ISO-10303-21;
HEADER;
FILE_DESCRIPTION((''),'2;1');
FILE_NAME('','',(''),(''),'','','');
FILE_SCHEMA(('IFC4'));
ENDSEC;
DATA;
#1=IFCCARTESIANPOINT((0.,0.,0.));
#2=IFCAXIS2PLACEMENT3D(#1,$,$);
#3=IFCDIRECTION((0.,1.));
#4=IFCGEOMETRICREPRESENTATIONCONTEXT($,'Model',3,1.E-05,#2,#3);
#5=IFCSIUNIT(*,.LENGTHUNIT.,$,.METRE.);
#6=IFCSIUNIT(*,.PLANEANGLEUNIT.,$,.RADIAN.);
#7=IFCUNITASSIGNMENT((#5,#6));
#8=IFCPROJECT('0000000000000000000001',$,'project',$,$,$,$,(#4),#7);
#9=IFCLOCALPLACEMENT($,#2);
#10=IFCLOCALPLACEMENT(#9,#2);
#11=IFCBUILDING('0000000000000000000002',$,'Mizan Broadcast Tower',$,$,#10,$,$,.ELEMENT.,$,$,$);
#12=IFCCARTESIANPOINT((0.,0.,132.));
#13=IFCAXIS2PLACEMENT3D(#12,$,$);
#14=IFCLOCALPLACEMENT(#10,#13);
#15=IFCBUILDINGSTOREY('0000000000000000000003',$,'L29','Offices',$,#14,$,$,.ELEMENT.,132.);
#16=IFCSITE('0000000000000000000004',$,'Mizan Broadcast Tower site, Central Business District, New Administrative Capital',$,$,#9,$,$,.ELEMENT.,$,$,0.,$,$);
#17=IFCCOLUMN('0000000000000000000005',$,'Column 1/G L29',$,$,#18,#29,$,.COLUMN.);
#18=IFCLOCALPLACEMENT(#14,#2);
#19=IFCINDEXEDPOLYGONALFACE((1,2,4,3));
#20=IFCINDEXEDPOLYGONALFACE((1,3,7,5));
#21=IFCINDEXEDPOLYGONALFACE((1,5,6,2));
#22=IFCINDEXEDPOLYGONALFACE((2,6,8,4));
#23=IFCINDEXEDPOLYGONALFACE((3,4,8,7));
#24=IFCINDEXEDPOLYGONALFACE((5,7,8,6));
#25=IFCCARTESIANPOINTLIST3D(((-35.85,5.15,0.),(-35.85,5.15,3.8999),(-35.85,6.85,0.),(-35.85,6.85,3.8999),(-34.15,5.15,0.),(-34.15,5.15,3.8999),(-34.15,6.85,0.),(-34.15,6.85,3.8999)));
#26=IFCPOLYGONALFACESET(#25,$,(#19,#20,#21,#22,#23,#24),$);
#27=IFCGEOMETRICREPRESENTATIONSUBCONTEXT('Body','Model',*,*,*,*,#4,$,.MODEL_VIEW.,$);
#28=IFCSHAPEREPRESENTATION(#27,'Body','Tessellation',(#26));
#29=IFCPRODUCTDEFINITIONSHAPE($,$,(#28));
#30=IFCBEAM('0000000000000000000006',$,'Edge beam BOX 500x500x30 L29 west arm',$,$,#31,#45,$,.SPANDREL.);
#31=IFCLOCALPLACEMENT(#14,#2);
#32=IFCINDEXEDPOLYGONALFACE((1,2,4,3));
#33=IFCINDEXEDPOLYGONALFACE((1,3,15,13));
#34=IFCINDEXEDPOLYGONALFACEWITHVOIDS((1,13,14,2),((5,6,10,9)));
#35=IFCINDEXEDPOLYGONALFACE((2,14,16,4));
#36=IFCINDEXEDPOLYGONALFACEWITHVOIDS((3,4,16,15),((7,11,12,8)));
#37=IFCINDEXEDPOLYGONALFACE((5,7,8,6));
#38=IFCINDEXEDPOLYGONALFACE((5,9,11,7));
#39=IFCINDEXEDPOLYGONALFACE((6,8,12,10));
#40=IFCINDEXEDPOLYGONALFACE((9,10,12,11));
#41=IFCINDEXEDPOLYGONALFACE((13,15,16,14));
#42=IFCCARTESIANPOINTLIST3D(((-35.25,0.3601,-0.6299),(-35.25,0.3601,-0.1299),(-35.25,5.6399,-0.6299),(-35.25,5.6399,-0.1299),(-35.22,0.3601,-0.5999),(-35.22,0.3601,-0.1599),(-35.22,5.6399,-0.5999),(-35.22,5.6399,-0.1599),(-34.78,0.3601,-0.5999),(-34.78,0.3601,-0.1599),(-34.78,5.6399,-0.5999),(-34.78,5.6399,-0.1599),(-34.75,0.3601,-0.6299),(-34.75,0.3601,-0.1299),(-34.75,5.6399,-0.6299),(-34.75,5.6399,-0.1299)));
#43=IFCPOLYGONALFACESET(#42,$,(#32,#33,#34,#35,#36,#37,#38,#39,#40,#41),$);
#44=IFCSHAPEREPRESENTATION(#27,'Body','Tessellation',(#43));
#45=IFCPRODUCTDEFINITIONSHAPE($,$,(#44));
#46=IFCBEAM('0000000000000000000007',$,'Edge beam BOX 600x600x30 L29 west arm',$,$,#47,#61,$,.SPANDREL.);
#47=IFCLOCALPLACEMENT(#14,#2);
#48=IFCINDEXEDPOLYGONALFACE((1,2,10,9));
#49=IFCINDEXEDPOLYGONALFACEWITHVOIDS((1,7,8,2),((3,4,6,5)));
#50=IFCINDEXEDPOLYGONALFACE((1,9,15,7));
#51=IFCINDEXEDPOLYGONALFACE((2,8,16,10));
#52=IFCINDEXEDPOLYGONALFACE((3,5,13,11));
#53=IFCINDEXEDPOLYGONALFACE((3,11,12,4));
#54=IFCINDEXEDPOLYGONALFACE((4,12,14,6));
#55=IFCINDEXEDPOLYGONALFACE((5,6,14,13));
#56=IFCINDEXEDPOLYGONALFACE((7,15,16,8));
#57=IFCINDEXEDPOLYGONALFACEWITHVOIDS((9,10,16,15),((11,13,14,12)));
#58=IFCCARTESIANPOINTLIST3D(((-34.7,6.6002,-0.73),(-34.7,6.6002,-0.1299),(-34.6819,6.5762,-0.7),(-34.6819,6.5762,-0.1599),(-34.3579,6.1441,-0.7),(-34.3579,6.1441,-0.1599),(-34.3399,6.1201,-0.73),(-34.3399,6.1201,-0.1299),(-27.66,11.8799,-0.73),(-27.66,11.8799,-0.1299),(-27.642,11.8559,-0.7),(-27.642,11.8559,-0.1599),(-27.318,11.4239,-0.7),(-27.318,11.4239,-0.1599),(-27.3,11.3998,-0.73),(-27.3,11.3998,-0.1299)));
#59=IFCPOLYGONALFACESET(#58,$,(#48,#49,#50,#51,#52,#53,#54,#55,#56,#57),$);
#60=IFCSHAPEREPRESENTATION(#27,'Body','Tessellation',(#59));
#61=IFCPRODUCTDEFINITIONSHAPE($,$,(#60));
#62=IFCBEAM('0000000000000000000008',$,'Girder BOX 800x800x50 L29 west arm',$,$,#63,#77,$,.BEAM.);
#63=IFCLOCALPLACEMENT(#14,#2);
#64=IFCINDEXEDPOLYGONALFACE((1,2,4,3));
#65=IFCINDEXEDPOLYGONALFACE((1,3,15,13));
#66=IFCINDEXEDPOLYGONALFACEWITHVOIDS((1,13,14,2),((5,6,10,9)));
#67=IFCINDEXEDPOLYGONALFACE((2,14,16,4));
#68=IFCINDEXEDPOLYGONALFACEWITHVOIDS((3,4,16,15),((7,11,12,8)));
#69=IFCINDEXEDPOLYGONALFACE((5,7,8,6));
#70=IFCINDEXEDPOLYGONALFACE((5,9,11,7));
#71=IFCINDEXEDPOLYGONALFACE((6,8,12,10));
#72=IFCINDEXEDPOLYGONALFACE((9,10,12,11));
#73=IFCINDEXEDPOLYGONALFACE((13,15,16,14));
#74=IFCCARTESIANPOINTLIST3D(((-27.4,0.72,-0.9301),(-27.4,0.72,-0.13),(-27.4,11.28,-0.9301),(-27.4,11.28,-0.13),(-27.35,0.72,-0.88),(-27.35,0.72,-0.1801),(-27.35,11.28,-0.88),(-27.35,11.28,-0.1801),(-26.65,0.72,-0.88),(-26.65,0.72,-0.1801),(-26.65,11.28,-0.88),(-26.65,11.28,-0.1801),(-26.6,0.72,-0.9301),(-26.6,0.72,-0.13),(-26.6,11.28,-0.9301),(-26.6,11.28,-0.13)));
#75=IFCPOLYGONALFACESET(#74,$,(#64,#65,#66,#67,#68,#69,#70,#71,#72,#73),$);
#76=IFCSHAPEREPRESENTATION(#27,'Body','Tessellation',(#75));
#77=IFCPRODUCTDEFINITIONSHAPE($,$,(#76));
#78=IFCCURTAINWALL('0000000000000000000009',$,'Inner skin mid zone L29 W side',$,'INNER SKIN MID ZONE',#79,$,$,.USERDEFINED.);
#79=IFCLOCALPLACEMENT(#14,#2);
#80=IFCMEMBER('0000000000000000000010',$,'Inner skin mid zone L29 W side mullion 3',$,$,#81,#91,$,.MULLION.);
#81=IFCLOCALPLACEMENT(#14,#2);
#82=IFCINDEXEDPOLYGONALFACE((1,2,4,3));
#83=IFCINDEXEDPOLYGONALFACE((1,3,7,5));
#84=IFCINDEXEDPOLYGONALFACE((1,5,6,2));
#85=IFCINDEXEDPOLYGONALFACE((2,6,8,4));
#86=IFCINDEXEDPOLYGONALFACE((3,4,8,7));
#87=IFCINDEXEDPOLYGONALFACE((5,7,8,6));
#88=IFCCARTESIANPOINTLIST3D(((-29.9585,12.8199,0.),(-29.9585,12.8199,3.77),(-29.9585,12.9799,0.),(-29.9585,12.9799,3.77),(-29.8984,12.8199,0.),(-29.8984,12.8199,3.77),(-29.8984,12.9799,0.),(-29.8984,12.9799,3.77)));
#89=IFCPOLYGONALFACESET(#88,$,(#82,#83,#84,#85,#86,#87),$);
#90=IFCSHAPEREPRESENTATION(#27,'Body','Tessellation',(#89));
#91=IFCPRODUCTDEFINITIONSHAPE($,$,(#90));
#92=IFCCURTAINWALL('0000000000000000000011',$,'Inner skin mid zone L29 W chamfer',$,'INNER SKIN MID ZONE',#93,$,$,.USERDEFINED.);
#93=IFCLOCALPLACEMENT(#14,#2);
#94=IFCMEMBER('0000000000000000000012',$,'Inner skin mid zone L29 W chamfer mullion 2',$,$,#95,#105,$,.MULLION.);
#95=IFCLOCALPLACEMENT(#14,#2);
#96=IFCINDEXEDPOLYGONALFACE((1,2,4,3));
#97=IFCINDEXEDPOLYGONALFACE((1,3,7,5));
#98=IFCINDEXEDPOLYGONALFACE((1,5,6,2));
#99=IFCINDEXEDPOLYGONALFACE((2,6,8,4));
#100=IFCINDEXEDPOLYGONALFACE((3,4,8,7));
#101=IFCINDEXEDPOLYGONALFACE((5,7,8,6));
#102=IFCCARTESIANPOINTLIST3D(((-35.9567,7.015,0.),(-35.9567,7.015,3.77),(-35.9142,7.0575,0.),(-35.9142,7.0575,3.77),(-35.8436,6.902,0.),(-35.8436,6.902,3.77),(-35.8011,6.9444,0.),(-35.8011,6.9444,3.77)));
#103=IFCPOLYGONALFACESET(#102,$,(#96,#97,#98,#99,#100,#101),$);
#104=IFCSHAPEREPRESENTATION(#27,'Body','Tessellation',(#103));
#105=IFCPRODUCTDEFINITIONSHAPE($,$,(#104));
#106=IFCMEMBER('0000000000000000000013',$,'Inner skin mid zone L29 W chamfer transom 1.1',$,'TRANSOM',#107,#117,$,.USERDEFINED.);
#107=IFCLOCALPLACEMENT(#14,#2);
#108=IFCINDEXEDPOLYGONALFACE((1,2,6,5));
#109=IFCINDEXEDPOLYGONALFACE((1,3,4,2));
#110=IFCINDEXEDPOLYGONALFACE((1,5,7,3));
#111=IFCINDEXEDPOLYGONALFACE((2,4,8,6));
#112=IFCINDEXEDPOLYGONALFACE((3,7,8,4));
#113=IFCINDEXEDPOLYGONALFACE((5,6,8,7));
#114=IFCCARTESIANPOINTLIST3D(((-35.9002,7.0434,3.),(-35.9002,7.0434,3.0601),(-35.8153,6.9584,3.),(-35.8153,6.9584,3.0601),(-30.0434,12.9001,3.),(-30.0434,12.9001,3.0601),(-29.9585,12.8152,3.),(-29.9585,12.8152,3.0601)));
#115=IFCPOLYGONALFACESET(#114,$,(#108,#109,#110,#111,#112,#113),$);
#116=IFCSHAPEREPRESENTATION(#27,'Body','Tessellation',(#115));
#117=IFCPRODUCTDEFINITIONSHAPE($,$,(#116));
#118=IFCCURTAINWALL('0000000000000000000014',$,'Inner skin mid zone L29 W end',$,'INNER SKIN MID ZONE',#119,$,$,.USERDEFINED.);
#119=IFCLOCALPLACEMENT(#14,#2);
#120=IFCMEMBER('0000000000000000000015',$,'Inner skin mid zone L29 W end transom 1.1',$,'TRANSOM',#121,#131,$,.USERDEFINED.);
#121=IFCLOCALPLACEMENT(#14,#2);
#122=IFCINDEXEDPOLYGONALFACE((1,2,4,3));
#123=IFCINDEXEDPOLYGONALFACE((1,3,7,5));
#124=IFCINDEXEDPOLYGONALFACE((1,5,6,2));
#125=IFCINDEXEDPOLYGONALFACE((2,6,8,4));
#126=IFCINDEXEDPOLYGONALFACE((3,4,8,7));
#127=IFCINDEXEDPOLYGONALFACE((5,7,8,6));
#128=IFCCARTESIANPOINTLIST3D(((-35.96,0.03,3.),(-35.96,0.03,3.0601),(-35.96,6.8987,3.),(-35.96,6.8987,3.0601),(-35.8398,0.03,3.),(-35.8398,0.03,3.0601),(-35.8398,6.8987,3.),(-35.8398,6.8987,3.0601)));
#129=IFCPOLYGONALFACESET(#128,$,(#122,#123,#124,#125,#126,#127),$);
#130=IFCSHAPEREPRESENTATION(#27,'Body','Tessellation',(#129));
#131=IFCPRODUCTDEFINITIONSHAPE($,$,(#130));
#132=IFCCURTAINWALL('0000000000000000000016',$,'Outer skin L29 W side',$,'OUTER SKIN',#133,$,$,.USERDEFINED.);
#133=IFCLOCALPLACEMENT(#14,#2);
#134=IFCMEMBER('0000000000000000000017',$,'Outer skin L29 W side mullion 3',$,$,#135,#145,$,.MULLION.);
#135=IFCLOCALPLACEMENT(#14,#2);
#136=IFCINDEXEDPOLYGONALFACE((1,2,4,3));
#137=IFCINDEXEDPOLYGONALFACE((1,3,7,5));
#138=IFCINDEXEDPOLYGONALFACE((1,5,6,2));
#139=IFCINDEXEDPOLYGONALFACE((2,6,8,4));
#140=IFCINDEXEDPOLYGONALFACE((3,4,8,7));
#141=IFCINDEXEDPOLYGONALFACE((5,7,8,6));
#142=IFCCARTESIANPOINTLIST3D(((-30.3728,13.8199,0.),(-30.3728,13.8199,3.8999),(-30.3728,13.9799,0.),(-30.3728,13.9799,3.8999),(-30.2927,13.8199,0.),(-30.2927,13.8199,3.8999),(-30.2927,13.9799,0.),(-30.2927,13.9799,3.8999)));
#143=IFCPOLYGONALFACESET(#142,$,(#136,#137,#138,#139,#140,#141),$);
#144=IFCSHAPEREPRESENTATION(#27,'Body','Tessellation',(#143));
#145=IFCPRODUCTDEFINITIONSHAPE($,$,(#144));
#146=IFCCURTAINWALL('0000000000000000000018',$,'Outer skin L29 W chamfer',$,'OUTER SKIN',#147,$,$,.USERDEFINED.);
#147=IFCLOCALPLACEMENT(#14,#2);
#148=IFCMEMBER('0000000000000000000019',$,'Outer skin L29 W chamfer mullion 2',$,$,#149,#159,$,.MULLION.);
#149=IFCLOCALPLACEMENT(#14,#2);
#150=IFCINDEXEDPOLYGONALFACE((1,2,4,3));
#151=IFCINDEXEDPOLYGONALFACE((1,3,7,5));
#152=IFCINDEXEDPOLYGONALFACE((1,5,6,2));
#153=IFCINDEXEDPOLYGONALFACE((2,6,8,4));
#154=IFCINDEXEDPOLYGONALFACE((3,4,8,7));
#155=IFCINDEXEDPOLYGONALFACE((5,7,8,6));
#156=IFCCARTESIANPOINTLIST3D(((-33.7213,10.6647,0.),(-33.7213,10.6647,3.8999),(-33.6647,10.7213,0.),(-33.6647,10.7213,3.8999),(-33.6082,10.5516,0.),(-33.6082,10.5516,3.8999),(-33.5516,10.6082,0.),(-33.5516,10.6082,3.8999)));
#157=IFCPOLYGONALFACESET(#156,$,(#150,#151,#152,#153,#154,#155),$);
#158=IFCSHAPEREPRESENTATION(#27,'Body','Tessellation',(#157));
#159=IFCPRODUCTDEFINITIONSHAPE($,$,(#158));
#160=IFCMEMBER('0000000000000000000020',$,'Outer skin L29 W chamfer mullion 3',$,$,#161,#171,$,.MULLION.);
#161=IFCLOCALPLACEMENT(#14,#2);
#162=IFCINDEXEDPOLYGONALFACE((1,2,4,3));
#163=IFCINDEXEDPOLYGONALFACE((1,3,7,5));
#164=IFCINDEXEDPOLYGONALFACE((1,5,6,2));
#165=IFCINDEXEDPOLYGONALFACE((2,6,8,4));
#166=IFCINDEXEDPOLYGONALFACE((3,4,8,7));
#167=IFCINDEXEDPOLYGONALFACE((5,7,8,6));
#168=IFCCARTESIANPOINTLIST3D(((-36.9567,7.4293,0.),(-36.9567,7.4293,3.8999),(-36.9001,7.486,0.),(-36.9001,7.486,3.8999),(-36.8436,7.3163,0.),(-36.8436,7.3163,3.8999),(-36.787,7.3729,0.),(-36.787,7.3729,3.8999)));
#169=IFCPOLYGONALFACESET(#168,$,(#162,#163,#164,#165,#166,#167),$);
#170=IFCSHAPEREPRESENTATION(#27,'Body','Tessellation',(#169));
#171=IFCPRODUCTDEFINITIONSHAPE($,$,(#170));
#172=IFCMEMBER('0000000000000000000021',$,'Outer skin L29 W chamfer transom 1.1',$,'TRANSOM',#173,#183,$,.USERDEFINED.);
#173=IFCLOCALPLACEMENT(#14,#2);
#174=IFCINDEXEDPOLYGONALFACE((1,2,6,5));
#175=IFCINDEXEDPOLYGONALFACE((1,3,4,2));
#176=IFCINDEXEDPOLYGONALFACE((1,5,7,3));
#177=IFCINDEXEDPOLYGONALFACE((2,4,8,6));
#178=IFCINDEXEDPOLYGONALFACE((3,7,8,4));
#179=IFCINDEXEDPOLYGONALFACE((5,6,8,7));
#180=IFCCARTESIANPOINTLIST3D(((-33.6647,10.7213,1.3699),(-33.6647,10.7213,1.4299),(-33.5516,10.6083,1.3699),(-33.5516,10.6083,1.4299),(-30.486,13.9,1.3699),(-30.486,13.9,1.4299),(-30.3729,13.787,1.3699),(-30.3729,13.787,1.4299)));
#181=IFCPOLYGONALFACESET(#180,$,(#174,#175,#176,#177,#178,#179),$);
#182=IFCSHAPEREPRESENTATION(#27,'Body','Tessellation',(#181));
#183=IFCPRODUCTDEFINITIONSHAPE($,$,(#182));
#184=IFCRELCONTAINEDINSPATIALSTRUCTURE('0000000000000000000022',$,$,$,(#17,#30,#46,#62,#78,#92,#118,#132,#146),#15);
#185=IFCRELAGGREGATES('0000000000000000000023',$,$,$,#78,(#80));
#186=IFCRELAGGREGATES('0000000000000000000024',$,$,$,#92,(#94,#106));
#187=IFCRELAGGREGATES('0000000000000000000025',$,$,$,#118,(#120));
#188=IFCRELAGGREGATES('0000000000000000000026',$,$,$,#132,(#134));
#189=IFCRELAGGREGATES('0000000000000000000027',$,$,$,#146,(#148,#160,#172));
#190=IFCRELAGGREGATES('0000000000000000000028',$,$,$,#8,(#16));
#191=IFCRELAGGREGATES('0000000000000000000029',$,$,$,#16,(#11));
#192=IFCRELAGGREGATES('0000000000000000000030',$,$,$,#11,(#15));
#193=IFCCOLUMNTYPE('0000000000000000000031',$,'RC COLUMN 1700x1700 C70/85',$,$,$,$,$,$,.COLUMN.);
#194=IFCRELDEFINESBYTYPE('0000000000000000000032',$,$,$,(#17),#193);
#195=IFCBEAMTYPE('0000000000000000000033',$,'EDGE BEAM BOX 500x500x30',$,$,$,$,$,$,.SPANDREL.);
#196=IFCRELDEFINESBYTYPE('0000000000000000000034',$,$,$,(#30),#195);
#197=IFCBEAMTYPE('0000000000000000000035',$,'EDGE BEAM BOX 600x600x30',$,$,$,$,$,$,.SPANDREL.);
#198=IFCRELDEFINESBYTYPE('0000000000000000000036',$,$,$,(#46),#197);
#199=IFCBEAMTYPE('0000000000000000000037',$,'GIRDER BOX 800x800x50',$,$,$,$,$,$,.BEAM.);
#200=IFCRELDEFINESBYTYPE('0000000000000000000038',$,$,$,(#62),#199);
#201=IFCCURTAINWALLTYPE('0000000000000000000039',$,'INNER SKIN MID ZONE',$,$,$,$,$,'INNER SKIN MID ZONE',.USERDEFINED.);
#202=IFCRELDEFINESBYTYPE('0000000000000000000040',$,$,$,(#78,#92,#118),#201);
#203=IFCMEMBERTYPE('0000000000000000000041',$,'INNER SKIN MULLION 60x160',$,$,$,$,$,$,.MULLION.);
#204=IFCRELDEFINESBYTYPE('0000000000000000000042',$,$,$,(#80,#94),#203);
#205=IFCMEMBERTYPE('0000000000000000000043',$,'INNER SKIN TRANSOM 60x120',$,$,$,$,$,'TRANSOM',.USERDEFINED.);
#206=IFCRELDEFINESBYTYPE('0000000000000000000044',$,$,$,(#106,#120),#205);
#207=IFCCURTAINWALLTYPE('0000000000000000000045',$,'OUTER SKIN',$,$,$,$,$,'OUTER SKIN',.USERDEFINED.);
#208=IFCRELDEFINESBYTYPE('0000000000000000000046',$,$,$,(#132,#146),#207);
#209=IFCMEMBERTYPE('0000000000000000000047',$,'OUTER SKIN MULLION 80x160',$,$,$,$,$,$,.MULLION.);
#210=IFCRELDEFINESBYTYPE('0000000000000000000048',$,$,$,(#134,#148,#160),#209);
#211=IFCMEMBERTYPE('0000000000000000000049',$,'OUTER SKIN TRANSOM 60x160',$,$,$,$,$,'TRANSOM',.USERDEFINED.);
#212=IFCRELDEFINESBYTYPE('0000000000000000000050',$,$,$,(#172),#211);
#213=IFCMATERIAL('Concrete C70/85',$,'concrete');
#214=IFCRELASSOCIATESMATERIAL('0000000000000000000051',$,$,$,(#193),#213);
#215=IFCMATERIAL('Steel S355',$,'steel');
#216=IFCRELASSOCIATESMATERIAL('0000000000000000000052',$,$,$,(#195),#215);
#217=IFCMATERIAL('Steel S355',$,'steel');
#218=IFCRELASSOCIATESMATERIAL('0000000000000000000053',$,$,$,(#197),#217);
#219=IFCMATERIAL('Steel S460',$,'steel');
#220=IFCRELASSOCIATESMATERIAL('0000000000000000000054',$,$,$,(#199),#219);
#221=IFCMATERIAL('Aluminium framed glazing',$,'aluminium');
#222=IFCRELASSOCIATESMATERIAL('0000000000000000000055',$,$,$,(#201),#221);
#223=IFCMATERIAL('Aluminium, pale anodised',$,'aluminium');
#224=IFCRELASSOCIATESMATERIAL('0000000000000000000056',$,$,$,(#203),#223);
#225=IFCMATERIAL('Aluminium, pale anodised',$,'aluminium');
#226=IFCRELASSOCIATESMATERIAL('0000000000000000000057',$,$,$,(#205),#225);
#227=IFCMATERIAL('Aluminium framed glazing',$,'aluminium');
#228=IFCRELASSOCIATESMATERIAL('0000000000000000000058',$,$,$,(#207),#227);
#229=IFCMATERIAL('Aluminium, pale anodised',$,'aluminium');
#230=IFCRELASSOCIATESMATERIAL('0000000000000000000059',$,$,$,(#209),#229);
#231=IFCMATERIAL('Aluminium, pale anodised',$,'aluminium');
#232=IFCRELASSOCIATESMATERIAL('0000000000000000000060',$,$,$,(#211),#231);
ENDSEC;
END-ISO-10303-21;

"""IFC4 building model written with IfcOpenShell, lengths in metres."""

from ifc_helpers import new_model, si_unit, direction, frame, origin, origin_2d, place, context, subcontext, project, spatial, rectangle, hollow_rectangle, extrude, material, material_profile, profile_set, type_object, element, aggregate, save


model = new_model("IFC4")

# Units and contexts
model_context = context("Model", 3, precision=1e-05, world=origin(), true_north=direction((0.0, 1.0)))
body_context = subcontext(model_context, "Body", "Model", "MODEL_VIEW")
ifc_project = project(units=[si_unit("LENGTHUNIT", "METRE"), si_unit("PLANEANGLEUNIT", "RADIAN")], contexts=[model_context])

# Site, building, storey
site_placement = place(None, origin())
site = spatial("IfcSite", under=ifc_project, at=site_placement, Name="Mizan Broadcast Tower site, Central Business District, New Administrative Capital", CompositionType="ELEMENT", RefElevation=0.0)
building_placement = place(site_placement, origin())
building = spatial("IfcBuilding", under=site, at=building_placement, Name="Mizan Broadcast Tower", CompositionType="ELEMENT")
storey_placement = place(building_placement, frame((0.0, 0.0, 132.0)))
storey = spatial("IfcBuildingStorey", under=building, at=storey_placement, Name="L29", Description="Offices", CompositionType="ELEMENT", Elevation=132.0)

# Column
ifc_material_1 = material(Name="Concrete C70/85", Category="concrete")
ifc_material_profile_1 = material_profile(ifc_material_1, rectangle(XDim=1.7, YDim=1.7, at=origin_2d()), Name="RC 1700x1700")
ifc_profile_set_1 = profile_set([ifc_material_profile_1], Name="Concrete C70/85")
column_type = type_object("IfcColumnType", Name="RC COLUMN 1700x1700 C70/85", PredefinedType="COLUMN", material=ifc_profile_set_1)
column_placement = place(storey_placement, frame((-35.0, 6.0, 0.0), z_axis=(0.0, 0.0, 1.0), x_axis=(1.0, 0.0, 0.0)))
element("IfcColumn", 1, at=column_placement, inside=storey, type_object=column_type, Name="Column 1/G L29", PredefinedType="COLUMN", context=body_context, shape_type="SweptSolid", body=[
    extrude(rectangle(XDim=1.7, YDim=1.7, at=origin_2d()), origin(), (0.0, 0.0, 1.0), 3.8999),
])

# Beams
ifc_material_2 = material(Name="Steel S355", Category="steel")
ifc_material_profile_2 = material_profile(ifc_material_2, hollow_rectangle(XDim=0.5, YDim=0.5, WallThickness=0.03, at=origin_2d()), Name="BOX 500x500x30")
ifc_profile_set_2 = profile_set([ifc_material_profile_2], Name="Steel S355")
beam_type_1 = type_object("IfcBeamType", Name="EDGE BEAM BOX 500x500x30", PredefinedType="SPANDREL", material=ifc_profile_set_2)
beam_1_placement = place(storey_placement, frame((-35.0, 5.6399, -0.3799), z_axis=(0.0, -1.0, 0.0), x_axis=(1.0, 0.0, 0.0)))
element("IfcBeam", 2, at=beam_1_placement, inside=storey, type_object=beam_type_1, Name="Edge beam BOX 500x500x30 L29 west arm", PredefinedType="SPANDREL", context=body_context, shape_type="SweptSolid", body=[
    extrude(hollow_rectangle(XDim=0.5, YDim=0.5, WallThickness=0.03, at=origin_2d()), origin(), (0.0, 0.0, 1.0), 5.2798),
])
ifc_material_3 = material(Name="Steel S355", Category="steel")
ifc_material_profile_3 = material_profile(ifc_material_3, hollow_rectangle(XDim=0.6001, YDim=0.6001, WallThickness=0.03, at=origin_2d()), Name="BOX 600x600x30")
ifc_profile_set_3 = profile_set([ifc_material_profile_3], Name="Steel S355")
beam_type_2 = type_object("IfcBeamType", Name="EDGE BEAM BOX 600x600x30", PredefinedType="SPANDREL", material=ifc_profile_set_3)
beam_2_placement = place(storey_placement, frame((-27.48, 11.6399, -0.4299), z_axis=(-0.800013, -0.599982, 0.0), x_axis=(0.599982, -0.800013, 0.0)))
element("IfcBeam", 3, at=beam_2_placement, inside=storey, type_object=beam_type_2, Name="Edge beam BOX 600x600x30 L29 west arm", PredefinedType="SPANDREL", context=body_context, shape_type="SweptSolid", body=[
    extrude(hollow_rectangle(XDim=0.6001, YDim=0.6001, WallThickness=0.03, at=origin_2d()), origin(), (0.0, 0.0, 1.0), 8.7998),
])
ifc_material_4 = material(Name="Steel S460", Category="steel")
ifc_material_profile_4 = material_profile(ifc_material_4, hollow_rectangle(XDim=0.8, YDim=0.8, WallThickness=0.05, at=origin_2d()), Name="BOX 800x800x50")
ifc_profile_set_4 = profile_set([ifc_material_profile_4], Name="Steel S460")
beam_type_3 = type_object("IfcBeamType", Name="GIRDER BOX 800x800x50", PredefinedType="BEAM", material=ifc_profile_set_4)
beam_3_placement = place(storey_placement, frame((-27.0, 11.28, -0.53), z_axis=(0.0, -1.0, 0.0), x_axis=(1.0, 0.0, 0.0)))
element("IfcBeam", 4, at=beam_3_placement, inside=storey, type_object=beam_type_3, Name="Girder BOX 800x800x50 L29 west arm", PredefinedType="BEAM", context=body_context, shape_type="SweptSolid", body=[
    extrude(hollow_rectangle(XDim=0.8, YDim=0.8, WallThickness=0.05, at=origin_2d()), origin(), (0.0, 0.0, 1.0), 10.5601),
])

# Curtain wall, member
ifc_material_5 = material(Name="Aluminium framed glazing", Category="aluminium")
curtain_wall_type_1 = type_object("IfcCurtainWallType", Name="INNER SKIN MID ZONE", ElementType="INNER SKIN MID ZONE", PredefinedType="USERDEFINED", material=ifc_material_5)
curtain_wall_1_placement = place(storey_placement, origin())
curtain_wall_1 = element("IfcCurtainWall", 5, at=curtain_wall_1_placement, inside=storey, type_object=curtain_wall_type_1, Name="Inner skin mid zone L29 W side", ObjectType="INNER SKIN MID ZONE", PredefinedType="USERDEFINED")
ifc_material_6 = material(Name="Aluminium, pale anodised", Category="aluminium")
ifc_material_profile_5 = material_profile(ifc_material_6, rectangle(XDim=0.1599, YDim=0.0601, at=origin_2d()), Name="MULLION 160x60")
ifc_profile_set_5 = profile_set([ifc_material_profile_5], Name="Aluminium, pale anodised")
member_type_1 = type_object("IfcMemberType", Name="INNER SKIN MULLION 60x160", PredefinedType="MULLION", material=ifc_profile_set_5)
member_1_placement = place(storey_placement, frame((-29.9285, 12.8999, 0.0), z_axis=(0.0, 0.0, 1.0), x_axis=(0.0, -1.0, 0.0)))
member_1 = element("IfcMember", 6, at=member_1_placement, type_object=member_type_1, Name="Inner skin mid zone L29 W side mullion 3", PredefinedType="MULLION", context=body_context, shape_type="SweptSolid", body=[
    extrude(rectangle(XDim=0.1599, YDim=0.0601, at=origin_2d()), origin(), (0.0, 0.0, 1.0), 3.77),
])

# Curtain wall, members
curtain_wall_2_placement = place(storey_placement, origin())
curtain_wall_2 = element("IfcCurtainWall", 7, at=curtain_wall_2_placement, inside=storey, type_object=curtain_wall_type_1, Name="Inner skin mid zone L29 W chamfer", ObjectType="INNER SKIN MID ZONE", PredefinedType="USERDEFINED")
member_2_placement = place(storey_placement, frame((-35.8789, 6.9797, 0.0), z_axis=(0.0, 0.0, 1.0), x_axis=(0.707107, -0.707107, 0.0)))
member_2 = element("IfcMember", 8, at=member_2_placement, type_object=member_type_1, Name="Inner skin mid zone L29 W chamfer mullion 2", PredefinedType="MULLION", context=body_context, shape_type="SweptSolid", body=[
    extrude(rectangle(XDim=0.1599, YDim=0.0601, at=origin_2d()), origin(), (0.0, 0.0, 1.0), 3.77),
])
ifc_material_7 = material(Name="Aluminium, pale anodised", Category="aluminium")
ifc_material_profile_6 = material_profile(ifc_material_7, rectangle(XDim=0.1201, YDim=0.0601, at=origin_2d()), Name="TRANSOM 120x60")
ifc_profile_set_6 = profile_set([ifc_material_profile_6], Name="Aluminium, pale anodised")
member_type_2 = type_object("IfcMemberType", Name="INNER SKIN TRANSOM 60x120", ElementType="TRANSOM", PredefinedType="USERDEFINED", material=ifc_profile_set_6)
member_3_placement = place(storey_placement, frame((-30.001, 12.8577, 3.03), z_axis=(-0.707107, -0.707107, 0.0), x_axis=(0.707107, -0.707107, 0.0)))
member_3 = element("IfcMember", 9, at=member_3_placement, type_object=member_type_2, Name="Inner skin mid zone L29 W chamfer transom 1.1", ObjectType="TRANSOM", PredefinedType="USERDEFINED", context=body_context, shape_type="SweptSolid", body=[
    extrude(rectangle(XDim=0.1201, YDim=0.0601, at=origin_2d()), origin(), (0.0, 0.0, 1.0), 8.2827),
])

# Curtain walls, members
curtain_wall_3_placement = place(storey_placement, origin())
curtain_wall_3 = element("IfcCurtainWall", 10, at=curtain_wall_3_placement, inside=storey, type_object=curtain_wall_type_1, Name="Inner skin mid zone L29 W end", ObjectType="INNER SKIN MID ZONE", PredefinedType="USERDEFINED")
member_4_placement = place(storey_placement, frame((-35.8999, 6.8987, 3.03), z_axis=(0.0, -1.0, 0.0), x_axis=(1.0, 0.0, 0.0)))
member_4 = element("IfcMember", 11, at=member_4_placement, type_object=member_type_2, Name="Inner skin mid zone L29 W end transom 1.1", ObjectType="TRANSOM", PredefinedType="USERDEFINED", context=body_context, shape_type="SweptSolid", body=[
    extrude(rectangle(XDim=0.1201, YDim=0.0601, at=origin_2d()), origin(), (0.0, 0.0, 1.0), 6.8687),
])
ifc_material_8 = material(Name="Aluminium framed glazing", Category="aluminium")
curtain_wall_type_2 = type_object("IfcCurtainWallType", Name="OUTER SKIN", ElementType="OUTER SKIN", PredefinedType="USERDEFINED", material=ifc_material_8)
curtain_wall_4_placement = place(storey_placement, origin())
curtain_wall_4 = element("IfcCurtainWall", 12, at=curtain_wall_4_placement, inside=storey, type_object=curtain_wall_type_2, Name="Outer skin L29 W side", ObjectType="OUTER SKIN", PredefinedType="USERDEFINED")
ifc_material_9 = material(Name="Aluminium, pale anodised", Category="aluminium")
ifc_material_profile_7 = material_profile(ifc_material_9, rectangle(XDim=0.1599, YDim=0.0801, at=origin_2d()), Name="MULLION 160x80")
ifc_profile_set_7 = profile_set([ifc_material_profile_7], Name="Aluminium, pale anodised")
member_type_3 = type_object("IfcMemberType", Name="OUTER SKIN MULLION 80x160", PredefinedType="MULLION", material=ifc_profile_set_7)
member_5_placement = place(storey_placement, frame((-30.3328, 13.8999, 0.0), z_axis=(0.0, 0.0, 1.0), x_axis=(0.0, -1.0, 0.0)))
member_5 = element("IfcMember", 13, at=member_5_placement, type_object=member_type_3, Name="Outer skin L29 W side mullion 3", PredefinedType="MULLION", context=body_context, shape_type="SweptSolid", body=[
    extrude(rectangle(XDim=0.1599, YDim=0.0801, at=origin_2d()), origin(), (0.0, 0.0, 1.0), 3.8999),
])

# Curtain wall, members
curtain_wall_5_placement = place(storey_placement, origin())
curtain_wall_5 = element("IfcCurtainWall", 14, at=curtain_wall_5_placement, inside=storey, type_object=curtain_wall_type_2, Name="Outer skin L29 W chamfer", ObjectType="OUTER SKIN", PredefinedType="USERDEFINED")
member_6_placement = place(storey_placement, frame((-33.6365, 10.6365, 0.0), z_axis=(0.0, 0.0, 1.0), x_axis=(0.707107, -0.707107, 0.0)))
member_6 = element("IfcMember", 15, at=member_6_placement, type_object=member_type_3, Name="Outer skin L29 W chamfer mullion 2", PredefinedType="MULLION", context=body_context, shape_type="SweptSolid", body=[
    extrude(rectangle(XDim=0.1599, YDim=0.0801, at=origin_2d()), origin(), (0.0, 0.0, 1.0), 3.8999),
])
member_7_placement = place(storey_placement, frame((-36.8718, 7.4011, 0.0), z_axis=(0.0, 0.0, 1.0), x_axis=(0.707107, -0.707107, 0.0)))
member_7 = element("IfcMember", 16, at=member_7_placement, type_object=member_type_3, Name="Outer skin L29 W chamfer mullion 3", PredefinedType="MULLION", context=body_context, shape_type="SweptSolid", body=[
    extrude(rectangle(XDim=0.1599, YDim=0.0801, at=origin_2d()), origin(), (0.0, 0.0, 1.0), 3.8999),
])
ifc_material_10 = material(Name="Aluminium, pale anodised", Category="aluminium")
ifc_material_profile_8 = material_profile(ifc_material_10, rectangle(XDim=0.1599, YDim=0.0601, at=origin_2d()), Name="TRANSOM 160x60")
ifc_profile_set_8 = profile_set([ifc_material_profile_8], Name="Aluminium, pale anodised")
member_type_4 = type_object("IfcMemberType", Name="OUTER SKIN TRANSOM 60x160", ElementType="TRANSOM", PredefinedType="USERDEFINED", material=ifc_profile_set_8)
member_8_placement = place(storey_placement, frame((-30.4294, 13.8435, 1.3999), z_axis=(-0.707107, -0.707107, 0.0), x_axis=(0.707107, -0.707107, 0.0)))
member_8 = element("IfcMember", 17, at=member_8_placement, type_object=member_type_4, Name="Outer skin L29 W chamfer transom 1.1", ObjectType="TRANSOM", PredefinedType="USERDEFINED", context=body_context, shape_type="SweptSolid", body=[
    extrude(rectangle(XDim=0.1599, YDim=0.0601, at=origin_2d()), origin(), (0.0, 0.0, 1.0), 4.4954),
])

aggregate(curtain_wall_1, [member_1])
aggregate(curtain_wall_2, [member_2, member_3])
aggregate(curtain_wall_3, [member_4])
aggregate(curtain_wall_4, [member_5])
aggregate(curtain_wall_5, [member_6, member_7, member_8])

save(model, "model.ifc")
